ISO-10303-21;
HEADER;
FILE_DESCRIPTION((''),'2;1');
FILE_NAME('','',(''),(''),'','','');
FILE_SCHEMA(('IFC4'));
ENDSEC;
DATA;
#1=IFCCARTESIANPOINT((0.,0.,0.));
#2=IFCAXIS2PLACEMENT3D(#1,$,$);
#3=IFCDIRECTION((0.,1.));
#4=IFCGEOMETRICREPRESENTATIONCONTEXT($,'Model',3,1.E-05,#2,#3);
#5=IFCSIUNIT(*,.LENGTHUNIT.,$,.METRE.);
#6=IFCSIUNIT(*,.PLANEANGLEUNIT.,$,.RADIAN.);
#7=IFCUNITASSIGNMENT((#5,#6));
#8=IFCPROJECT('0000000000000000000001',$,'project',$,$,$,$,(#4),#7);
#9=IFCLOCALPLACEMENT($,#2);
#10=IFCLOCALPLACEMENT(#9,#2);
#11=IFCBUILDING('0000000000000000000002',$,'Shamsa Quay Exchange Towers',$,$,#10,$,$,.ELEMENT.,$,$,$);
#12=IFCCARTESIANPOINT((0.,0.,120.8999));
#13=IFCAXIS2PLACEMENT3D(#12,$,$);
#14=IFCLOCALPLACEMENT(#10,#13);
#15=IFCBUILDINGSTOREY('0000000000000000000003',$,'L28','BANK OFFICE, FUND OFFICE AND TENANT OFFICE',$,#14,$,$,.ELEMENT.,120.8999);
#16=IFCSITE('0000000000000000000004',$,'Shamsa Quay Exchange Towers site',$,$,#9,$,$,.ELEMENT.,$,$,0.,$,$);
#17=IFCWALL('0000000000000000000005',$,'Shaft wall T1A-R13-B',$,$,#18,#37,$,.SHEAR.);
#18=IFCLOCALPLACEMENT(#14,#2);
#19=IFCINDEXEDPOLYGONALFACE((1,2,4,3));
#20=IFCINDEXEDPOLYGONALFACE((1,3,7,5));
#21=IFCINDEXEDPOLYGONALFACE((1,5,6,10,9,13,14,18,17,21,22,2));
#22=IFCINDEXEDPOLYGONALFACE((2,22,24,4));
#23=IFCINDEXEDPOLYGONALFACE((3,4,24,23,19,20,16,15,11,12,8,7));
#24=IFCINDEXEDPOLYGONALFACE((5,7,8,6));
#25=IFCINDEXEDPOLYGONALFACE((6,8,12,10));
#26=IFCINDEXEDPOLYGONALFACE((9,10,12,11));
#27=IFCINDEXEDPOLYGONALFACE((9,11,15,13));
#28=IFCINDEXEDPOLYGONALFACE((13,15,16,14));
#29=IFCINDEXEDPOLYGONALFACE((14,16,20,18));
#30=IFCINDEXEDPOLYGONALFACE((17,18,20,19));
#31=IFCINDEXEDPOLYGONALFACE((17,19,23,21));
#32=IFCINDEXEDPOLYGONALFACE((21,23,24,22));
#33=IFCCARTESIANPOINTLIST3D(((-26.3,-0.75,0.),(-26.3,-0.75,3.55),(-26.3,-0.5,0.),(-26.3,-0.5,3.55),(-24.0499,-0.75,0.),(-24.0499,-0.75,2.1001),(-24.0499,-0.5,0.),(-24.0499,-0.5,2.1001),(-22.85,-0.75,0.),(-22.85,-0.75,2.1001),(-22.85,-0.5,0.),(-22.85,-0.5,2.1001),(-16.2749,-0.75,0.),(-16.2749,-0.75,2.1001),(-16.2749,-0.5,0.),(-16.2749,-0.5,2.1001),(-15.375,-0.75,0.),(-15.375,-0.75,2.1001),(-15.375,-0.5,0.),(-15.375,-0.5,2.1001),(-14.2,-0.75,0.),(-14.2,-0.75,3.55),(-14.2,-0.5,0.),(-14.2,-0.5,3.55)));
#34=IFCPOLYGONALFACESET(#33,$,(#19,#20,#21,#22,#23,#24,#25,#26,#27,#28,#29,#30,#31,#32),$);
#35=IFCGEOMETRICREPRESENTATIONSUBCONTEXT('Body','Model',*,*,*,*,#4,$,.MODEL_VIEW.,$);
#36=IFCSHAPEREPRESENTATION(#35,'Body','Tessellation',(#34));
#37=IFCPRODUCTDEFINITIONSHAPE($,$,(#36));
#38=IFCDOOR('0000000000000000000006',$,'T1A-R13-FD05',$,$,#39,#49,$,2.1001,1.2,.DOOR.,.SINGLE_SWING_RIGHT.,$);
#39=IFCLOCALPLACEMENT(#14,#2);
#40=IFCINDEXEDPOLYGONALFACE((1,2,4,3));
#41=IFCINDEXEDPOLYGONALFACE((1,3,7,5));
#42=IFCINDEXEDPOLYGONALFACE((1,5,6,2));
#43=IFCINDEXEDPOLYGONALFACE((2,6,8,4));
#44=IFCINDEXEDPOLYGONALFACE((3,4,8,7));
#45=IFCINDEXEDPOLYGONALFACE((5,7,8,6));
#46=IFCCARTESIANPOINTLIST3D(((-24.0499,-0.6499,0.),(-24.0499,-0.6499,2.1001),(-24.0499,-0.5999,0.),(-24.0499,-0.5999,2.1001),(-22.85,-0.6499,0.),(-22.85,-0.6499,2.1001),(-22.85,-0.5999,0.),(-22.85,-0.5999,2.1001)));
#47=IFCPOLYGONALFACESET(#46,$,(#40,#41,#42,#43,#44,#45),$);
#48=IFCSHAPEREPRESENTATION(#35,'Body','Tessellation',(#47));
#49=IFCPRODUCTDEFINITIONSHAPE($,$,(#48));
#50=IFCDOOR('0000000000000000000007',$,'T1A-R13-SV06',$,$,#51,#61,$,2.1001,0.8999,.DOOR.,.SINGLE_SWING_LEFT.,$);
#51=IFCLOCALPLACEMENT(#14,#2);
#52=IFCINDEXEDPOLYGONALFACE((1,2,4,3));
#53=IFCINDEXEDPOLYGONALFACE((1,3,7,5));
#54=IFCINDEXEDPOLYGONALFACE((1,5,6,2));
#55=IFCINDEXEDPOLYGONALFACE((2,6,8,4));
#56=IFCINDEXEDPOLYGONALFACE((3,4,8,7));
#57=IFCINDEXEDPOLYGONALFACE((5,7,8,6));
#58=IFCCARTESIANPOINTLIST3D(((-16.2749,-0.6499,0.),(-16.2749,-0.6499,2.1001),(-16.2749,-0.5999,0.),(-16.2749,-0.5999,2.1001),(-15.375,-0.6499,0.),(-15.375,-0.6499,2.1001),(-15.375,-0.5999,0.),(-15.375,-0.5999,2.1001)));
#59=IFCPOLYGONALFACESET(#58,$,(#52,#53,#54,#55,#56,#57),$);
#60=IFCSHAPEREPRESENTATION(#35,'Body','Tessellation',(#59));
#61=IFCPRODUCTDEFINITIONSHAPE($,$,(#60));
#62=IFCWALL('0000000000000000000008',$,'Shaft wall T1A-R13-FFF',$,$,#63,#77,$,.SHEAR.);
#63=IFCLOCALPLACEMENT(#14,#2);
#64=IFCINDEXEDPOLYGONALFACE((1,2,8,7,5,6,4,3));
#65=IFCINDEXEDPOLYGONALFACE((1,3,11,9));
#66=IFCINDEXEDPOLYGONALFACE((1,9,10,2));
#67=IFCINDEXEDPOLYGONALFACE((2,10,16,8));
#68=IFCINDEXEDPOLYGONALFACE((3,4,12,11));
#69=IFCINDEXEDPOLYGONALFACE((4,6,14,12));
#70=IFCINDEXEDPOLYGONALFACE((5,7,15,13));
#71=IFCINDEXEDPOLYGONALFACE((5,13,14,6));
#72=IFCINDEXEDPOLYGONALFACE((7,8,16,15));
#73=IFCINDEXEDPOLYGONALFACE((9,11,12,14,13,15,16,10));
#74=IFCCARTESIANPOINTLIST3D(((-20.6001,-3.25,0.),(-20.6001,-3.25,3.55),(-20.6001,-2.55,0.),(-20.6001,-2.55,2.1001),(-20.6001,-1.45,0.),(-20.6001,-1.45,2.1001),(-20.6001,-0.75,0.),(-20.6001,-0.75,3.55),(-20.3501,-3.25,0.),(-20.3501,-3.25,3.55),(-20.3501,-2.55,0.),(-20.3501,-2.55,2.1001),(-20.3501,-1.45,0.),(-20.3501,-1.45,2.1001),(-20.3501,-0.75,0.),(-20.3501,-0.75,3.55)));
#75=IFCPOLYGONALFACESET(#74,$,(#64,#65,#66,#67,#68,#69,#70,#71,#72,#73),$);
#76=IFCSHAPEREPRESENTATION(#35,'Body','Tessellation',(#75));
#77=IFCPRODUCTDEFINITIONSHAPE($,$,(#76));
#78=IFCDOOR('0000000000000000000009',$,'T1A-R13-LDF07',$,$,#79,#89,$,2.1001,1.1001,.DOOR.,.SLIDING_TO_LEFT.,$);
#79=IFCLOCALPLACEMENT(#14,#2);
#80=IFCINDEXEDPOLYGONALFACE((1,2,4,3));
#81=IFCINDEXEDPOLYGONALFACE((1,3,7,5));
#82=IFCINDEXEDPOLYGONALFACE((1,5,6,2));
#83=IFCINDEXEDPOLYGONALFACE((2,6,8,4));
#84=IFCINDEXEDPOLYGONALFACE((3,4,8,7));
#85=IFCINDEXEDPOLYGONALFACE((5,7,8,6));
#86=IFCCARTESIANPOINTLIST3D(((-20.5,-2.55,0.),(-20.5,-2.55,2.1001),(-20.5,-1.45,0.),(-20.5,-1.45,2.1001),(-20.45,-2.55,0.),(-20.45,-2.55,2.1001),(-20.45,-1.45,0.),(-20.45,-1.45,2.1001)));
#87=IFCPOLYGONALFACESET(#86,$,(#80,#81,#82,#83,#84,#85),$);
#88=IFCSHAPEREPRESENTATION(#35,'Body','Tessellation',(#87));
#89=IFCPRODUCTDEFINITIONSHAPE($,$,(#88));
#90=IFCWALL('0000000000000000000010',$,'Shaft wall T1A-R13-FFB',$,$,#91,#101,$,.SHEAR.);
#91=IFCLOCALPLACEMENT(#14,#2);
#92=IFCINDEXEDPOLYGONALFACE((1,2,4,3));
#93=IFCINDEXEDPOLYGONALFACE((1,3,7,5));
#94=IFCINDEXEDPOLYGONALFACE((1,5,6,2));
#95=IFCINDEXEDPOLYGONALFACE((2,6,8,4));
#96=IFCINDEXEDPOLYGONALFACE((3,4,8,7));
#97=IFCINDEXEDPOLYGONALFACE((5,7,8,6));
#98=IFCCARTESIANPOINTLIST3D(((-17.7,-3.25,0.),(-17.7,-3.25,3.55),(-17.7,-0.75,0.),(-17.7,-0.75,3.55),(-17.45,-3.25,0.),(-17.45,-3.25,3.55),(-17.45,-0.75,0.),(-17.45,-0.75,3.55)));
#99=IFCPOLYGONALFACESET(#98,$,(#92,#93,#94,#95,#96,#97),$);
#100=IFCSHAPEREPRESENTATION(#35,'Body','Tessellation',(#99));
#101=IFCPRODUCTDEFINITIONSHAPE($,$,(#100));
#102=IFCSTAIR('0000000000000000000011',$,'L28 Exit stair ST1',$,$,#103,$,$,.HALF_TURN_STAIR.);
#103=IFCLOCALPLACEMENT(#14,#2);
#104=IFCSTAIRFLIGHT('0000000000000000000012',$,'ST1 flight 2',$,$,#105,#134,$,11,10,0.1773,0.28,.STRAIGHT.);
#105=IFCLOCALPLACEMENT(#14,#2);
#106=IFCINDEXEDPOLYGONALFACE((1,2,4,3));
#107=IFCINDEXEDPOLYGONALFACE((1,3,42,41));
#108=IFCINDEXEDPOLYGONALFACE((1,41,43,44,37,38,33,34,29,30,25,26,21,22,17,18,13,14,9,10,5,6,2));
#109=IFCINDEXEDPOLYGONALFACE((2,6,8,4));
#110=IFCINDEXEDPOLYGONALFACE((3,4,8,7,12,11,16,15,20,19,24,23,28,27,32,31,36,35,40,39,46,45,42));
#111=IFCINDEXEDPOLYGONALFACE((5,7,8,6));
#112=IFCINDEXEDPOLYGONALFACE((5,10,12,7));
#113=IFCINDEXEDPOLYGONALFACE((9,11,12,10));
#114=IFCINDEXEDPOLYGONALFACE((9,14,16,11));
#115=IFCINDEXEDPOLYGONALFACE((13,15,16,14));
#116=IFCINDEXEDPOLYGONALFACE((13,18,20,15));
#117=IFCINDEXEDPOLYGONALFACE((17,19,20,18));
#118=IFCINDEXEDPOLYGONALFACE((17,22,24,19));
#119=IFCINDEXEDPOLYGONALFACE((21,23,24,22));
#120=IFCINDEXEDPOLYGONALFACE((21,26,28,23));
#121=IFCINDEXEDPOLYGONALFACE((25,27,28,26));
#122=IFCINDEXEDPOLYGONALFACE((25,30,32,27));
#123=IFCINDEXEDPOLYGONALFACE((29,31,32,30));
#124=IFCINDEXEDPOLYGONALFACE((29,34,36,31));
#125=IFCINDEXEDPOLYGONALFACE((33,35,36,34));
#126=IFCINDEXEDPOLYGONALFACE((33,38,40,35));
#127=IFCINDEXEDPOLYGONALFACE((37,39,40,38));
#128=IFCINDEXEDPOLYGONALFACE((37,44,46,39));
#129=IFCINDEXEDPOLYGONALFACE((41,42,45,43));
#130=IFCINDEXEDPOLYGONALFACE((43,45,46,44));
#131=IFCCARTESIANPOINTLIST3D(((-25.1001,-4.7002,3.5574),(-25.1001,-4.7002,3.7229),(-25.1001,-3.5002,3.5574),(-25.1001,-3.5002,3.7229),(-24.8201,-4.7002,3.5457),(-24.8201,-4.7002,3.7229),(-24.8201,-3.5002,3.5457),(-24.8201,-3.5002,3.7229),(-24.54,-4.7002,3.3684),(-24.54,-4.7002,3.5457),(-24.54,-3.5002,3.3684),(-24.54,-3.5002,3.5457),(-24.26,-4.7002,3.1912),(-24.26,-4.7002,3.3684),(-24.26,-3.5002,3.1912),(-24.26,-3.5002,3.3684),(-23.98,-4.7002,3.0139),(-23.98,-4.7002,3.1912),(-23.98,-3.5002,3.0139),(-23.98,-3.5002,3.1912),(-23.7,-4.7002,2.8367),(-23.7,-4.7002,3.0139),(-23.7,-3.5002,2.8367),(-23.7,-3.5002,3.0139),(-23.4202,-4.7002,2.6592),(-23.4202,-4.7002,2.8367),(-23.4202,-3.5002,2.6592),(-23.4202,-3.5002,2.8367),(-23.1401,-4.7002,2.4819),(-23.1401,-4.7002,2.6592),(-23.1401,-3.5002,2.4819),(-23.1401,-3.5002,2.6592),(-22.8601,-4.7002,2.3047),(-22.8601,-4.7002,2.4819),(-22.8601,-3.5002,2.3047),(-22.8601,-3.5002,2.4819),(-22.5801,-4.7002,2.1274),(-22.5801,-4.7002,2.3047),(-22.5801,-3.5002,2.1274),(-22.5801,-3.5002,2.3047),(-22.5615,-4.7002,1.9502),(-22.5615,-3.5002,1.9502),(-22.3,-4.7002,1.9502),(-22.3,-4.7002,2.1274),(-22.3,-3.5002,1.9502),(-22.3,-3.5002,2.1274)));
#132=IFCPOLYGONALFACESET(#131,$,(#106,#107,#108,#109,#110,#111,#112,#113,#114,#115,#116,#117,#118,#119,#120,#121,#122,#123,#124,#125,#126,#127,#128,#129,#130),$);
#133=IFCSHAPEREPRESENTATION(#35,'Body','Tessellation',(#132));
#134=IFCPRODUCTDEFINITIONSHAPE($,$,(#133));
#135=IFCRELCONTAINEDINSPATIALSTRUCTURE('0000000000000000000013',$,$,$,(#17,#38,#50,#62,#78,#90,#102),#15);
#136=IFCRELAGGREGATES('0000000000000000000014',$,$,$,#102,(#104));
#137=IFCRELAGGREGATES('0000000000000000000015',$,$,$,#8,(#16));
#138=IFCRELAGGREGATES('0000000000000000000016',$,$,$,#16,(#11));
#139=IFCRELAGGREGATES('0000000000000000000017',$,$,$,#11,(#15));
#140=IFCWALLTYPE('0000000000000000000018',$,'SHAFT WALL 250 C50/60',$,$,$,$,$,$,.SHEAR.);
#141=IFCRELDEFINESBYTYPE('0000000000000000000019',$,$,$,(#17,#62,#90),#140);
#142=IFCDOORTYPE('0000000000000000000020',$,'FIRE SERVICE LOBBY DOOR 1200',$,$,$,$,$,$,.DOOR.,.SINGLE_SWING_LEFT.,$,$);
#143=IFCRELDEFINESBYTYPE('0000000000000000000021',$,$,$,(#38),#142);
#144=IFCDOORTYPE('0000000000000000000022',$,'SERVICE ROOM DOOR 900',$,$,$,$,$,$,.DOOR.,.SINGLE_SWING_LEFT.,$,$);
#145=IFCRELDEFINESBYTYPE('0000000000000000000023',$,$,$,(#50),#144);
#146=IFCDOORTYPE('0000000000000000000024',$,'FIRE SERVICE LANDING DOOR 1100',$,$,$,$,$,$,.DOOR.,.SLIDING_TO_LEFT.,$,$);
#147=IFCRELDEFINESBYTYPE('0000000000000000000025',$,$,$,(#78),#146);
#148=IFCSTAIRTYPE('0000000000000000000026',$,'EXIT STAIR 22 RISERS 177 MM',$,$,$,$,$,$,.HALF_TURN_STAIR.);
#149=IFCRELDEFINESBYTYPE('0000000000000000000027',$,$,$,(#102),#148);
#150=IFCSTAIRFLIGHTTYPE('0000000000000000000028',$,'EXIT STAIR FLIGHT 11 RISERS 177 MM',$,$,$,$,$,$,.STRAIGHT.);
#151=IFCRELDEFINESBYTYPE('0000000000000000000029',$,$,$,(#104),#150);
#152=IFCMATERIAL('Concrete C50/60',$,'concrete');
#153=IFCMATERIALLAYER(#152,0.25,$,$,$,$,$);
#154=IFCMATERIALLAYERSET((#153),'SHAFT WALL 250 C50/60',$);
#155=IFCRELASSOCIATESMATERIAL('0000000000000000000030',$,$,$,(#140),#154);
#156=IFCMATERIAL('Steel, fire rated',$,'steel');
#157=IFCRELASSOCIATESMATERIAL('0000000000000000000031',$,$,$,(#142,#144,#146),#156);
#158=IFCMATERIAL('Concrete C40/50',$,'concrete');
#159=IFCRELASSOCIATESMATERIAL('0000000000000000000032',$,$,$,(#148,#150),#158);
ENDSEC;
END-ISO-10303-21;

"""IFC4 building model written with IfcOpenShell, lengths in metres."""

from ifc_helpers import new_model, si_unit, direction, frame, frame_2d, origin, place, context, subcontext, project, spatial, polyline, rectangle, outline, extrude, material, layer, layer_set, type_object, element, fill, aggregate, save


model = new_model("IFC4")

# Units and contexts
model_context = context("Model", 3, precision=1e-05, world=origin(), true_north=direction((0.0, 1.0)))
body_context = subcontext(model_context, "Body", "Model", "MODEL_VIEW")
ifc_project = project(units=[si_unit("LENGTHUNIT", "METRE"), si_unit("PLANEANGLEUNIT", "RADIAN")], contexts=[model_context])

# Site, building, storey
site_placement = place(None, origin())
site = spatial("IfcSite", under=ifc_project, at=site_placement, Name="Shamsa Quay Exchange Towers site", CompositionType="ELEMENT", RefElevation=0.0)
building_placement = place(site_placement, origin())
building = spatial("IfcBuilding", under=site, at=building_placement, Name="Shamsa Quay Exchange Towers", CompositionType="ELEMENT")
storey_placement = place(building_placement, frame((0.0, 0.0, 120.8999)))
storey = spatial("IfcBuildingStorey", under=building, at=storey_placement, Name="L28", Description="BANK OFFICE, FUND OFFICE AND TENANT OFFICE", CompositionType="ELEMENT", Elevation=120.8999)

# Shared definitions
ifc_material_1 = material(Name="Concrete C40/50", Category="concrete")

# Shared definitions
ifc_material_2 = material(Name="Concrete C50/60", Category="concrete")
ifc_layer_1 = layer(ifc_material_2, 0.25)
ifc_layer_set_1 = layer_set([ifc_layer_1], Name="SHAFT WALL 250 C50/60")
wall_type = type_object("IfcWallType", Name="SHAFT WALL 250 C50/60", PredefinedType="SHEAR", material=ifc_layer_set_1)
ifc_material_3 = material(Name="Steel, fire rated", Category="steel")

# Wall, openings, doors
wall_1_placement = place(storey_placement, frame((-14.2, -0.625, 0.0), z_axis=(0.0, 0.0, 1.0), x_axis=(-1.0, 0.0, 0.0)))
wall_1 = element("IfcWall", 1, at=wall_1_placement, inside=storey, type_object=wall_type, Name="Shaft wall T1A-R13-B", PredefinedType="SHEAR", context=body_context, shape_type="SweptSolid", body=[
    extrude(rectangle(XDim=12.1001, YDim=0.25, at=frame_2d((6.05, 0.0))), origin(), (0.0, 0.0, 1.0), 3.55),
])
opening_1_placement = place(wall_1_placement, frame((8.6499, 0.0, 0.0)))
opening_1 = element("IfcOpeningElement", 2, at=opening_1_placement, cuts=wall_1, PredefinedType="OPENING", context=body_context, shape_type="SweptSolid", body=[
    extrude(rectangle(XDim=1.2, YDim=2.1001, at=frame_2d((0.6001, 1.05))), frame((0.0, 0.135, 0.0), z_axis=(0.0, -1.0, 0.0), x_axis=(1.0, 0.0, 0.0)), (0.0, 0.0, 1.0), 0.27),
])
opening_2_placement = place(wall_1_placement, frame((1.175, 0.0, 0.0)))
opening_2 = element("IfcOpeningElement", 3, at=opening_2_placement, cuts=wall_1, PredefinedType="OPENING", context=body_context, shape_type="SweptSolid", body=[
    extrude(rectangle(XDim=0.8999, YDim=2.1001, at=frame_2d((0.45, 1.05))), frame((0.0, 0.135, 0.0), z_axis=(0.0, -1.0, 0.0), x_axis=(1.0, 0.0, 0.0)), (0.0, 0.0, 1.0), 0.27),
])
door_type_1 = type_object("IfcDoorType", Name="FIRE SERVICE LOBBY DOOR 1200", OperationType="SINGLE_SWING_LEFT", PredefinedType="DOOR", material=ifc_material_3)
door_1_placement = place(opening_1_placement, origin())
door_1 = element("IfcDoor", 4, at=door_1_placement, inside=storey, type_object=door_type_1, Name="T1A-R13-FD05", OperationType="SINGLE_SWING_RIGHT", OverallHeight=2.1001, OverallWidth=1.2, PredefinedType="DOOR", context=body_context, shape_type="SweptSolid", body=[
    extrude(rectangle(XDim=1.2, YDim=2.1001, at=frame_2d((0.6001, 1.05))), frame((0.0, 0.0249, 0.0), z_axis=(0.0, -1.0, 0.0), x_axis=(1.0, 0.0, 0.0)), (0.0, 0.0, 1.0), 0.05),
])
fill(opening_1, door_1)
door_type_2 = type_object("IfcDoorType", Name="SERVICE ROOM DOOR 900", OperationType="SINGLE_SWING_LEFT", PredefinedType="DOOR", material=ifc_material_3)
door_2_placement = place(opening_2_placement, origin())
door_2 = element("IfcDoor", 5, at=door_2_placement, inside=storey, type_object=door_type_2, Name="T1A-R13-SV06", OperationType="SINGLE_SWING_LEFT", OverallHeight=2.1001, OverallWidth=0.8999, PredefinedType="DOOR", context=body_context, shape_type="SweptSolid", body=[
    extrude(rectangle(XDim=0.8999, YDim=2.1001, at=frame_2d((0.45, 1.05))), frame((0.0, 0.0249, 0.0), z_axis=(0.0, -1.0, 0.0), x_axis=(1.0, 0.0, 0.0)), (0.0, 0.0, 1.0), 0.05),
])
fill(opening_2, door_2)

# Wall, opening, door
wall_2_placement = place(storey_placement, frame((-20.4751, -3.25, 0.0), z_axis=(0.0, 0.0, 1.0), x_axis=(0.0, 1.0, 0.0)))
wall_2 = element("IfcWall", 6, at=wall_2_placement, inside=storey, type_object=wall_type, Name="Shaft wall T1A-R13-FFF", PredefinedType="SHEAR", context=body_context, shape_type="SweptSolid", body=[
    extrude(rectangle(XDim=2.5, YDim=0.25, at=frame_2d((1.25, 0.0))), origin(), (0.0, 0.0, 1.0), 3.55),
])
opening_3_placement = place(wall_2_placement, frame((0.7, 0.0, 0.0)))
opening_3 = element("IfcOpeningElement", 7, at=opening_3_placement, cuts=wall_2, PredefinedType="OPENING", context=body_context, shape_type="SweptSolid", body=[
    extrude(rectangle(XDim=1.1001, YDim=2.1001, at=frame_2d((0.55, 1.05))), frame((0.0, 0.135, 0.0), z_axis=(0.0, -1.0, 0.0), x_axis=(1.0, 0.0, 0.0)), (0.0, 0.0, 1.0), 0.27),
])
door_type_3 = type_object("IfcDoorType", Name="FIRE SERVICE LANDING DOOR 1100", OperationType="SLIDING_TO_LEFT", PredefinedType="DOOR", material=ifc_material_3)
door_3_placement = place(opening_3_placement, origin())
door_3 = element("IfcDoor", 8, at=door_3_placement, inside=storey, type_object=door_type_3, Name="T1A-R13-LDF07", OperationType="SLIDING_TO_LEFT", OverallHeight=2.1001, OverallWidth=1.1001, PredefinedType="DOOR", context=body_context, shape_type="SweptSolid", body=[
    extrude(rectangle(XDim=1.1001, YDim=2.1001, at=frame_2d((0.55, 1.05))), frame((0.0, 0.0249, 0.0), z_axis=(0.0, -1.0, 0.0), x_axis=(1.0, 0.0, 0.0)), (0.0, 0.0, 1.0), 0.05),
])
fill(opening_3, door_3)

# Wall
wall_3_placement = place(storey_placement, frame((-17.575, -3.25, 0.0), z_axis=(0.0, 0.0, 1.0), x_axis=(0.0, 1.0, 0.0)))
element("IfcWall", 9, at=wall_3_placement, inside=storey, type_object=wall_type, Name="Shaft wall T1A-R13-FFB", PredefinedType="SHEAR", context=body_context, shape_type="SweptSolid", body=[
    extrude(rectangle(XDim=2.5, YDim=0.25, at=frame_2d((1.25, 0.0))), origin(), (0.0, 0.0, 1.0), 3.55),
])

# Stair, stair flight
stair_type = type_object("IfcStairType", Name="EXIT STAIR 22 RISERS 177 MM", PredefinedType="HALF_TURN_STAIR", material=ifc_material_1)
stair_placement = place(storey_placement, origin())
stair = element("IfcStair", 10, at=stair_placement, inside=storey, type_object=stair_type, Name="L28 Exit stair ST1", PredefinedType="HALF_TURN_STAIR")
stair_flight_type = type_object("IfcStairFlightType", Name="EXIT STAIR FLIGHT 11 RISERS 177 MM", PredefinedType="STRAIGHT", material=ifc_material_1)
stair_flight_placement = place(storey_placement, frame((-22.3, -4.1001, 1.9502), z_axis=(0.0, 0.0, 1.0), x_axis=(-1.0, 0.0, 0.0)))
stair_flight = element("IfcStairFlight", 11, at=stair_flight_placement, type_object=stair_flight_type, Name="ST1 flight 2", NumberOfRisers=11, NumberOfTreads=10, PredefinedType="STRAIGHT", RiserHeight=0.1773, TreadLength=0.28, context=body_context, shape_type="SweptSolid", body=[
    extrude(outline(polyline([(0.0, 0.0), (0.0, 0.1772), (0.28, 0.1772), (0.28, 0.3545), (0.5601, 0.3545), (0.5601, 0.5317), (0.8401, 0.5317), (0.8401, 0.709), (1.1201, 0.709), (1.1201, 0.8865), (1.3999, 0.8865), (1.3999, 1.0637), (1.6799, 1.0637), (1.6799, 1.241), (1.96, 1.241), (1.96, 1.4182), (2.24, 1.4182), (2.24, 1.5955), (2.52, 1.5955), (2.52, 1.7727), (2.8, 1.7727), (2.8, 1.95), (2.8, 1.6072), (0.2615, 0.0), (0.0, 0.0)])), frame((0.0, 0.6001, 0.0), z_axis=(0.0, -1.0, 0.0), x_axis=(1.0, 0.0, 0.0)), (0.0, 0.0, 1.0), 1.2),
])
aggregate(stair, [stair_flight])

save(model, "model.ifc")
